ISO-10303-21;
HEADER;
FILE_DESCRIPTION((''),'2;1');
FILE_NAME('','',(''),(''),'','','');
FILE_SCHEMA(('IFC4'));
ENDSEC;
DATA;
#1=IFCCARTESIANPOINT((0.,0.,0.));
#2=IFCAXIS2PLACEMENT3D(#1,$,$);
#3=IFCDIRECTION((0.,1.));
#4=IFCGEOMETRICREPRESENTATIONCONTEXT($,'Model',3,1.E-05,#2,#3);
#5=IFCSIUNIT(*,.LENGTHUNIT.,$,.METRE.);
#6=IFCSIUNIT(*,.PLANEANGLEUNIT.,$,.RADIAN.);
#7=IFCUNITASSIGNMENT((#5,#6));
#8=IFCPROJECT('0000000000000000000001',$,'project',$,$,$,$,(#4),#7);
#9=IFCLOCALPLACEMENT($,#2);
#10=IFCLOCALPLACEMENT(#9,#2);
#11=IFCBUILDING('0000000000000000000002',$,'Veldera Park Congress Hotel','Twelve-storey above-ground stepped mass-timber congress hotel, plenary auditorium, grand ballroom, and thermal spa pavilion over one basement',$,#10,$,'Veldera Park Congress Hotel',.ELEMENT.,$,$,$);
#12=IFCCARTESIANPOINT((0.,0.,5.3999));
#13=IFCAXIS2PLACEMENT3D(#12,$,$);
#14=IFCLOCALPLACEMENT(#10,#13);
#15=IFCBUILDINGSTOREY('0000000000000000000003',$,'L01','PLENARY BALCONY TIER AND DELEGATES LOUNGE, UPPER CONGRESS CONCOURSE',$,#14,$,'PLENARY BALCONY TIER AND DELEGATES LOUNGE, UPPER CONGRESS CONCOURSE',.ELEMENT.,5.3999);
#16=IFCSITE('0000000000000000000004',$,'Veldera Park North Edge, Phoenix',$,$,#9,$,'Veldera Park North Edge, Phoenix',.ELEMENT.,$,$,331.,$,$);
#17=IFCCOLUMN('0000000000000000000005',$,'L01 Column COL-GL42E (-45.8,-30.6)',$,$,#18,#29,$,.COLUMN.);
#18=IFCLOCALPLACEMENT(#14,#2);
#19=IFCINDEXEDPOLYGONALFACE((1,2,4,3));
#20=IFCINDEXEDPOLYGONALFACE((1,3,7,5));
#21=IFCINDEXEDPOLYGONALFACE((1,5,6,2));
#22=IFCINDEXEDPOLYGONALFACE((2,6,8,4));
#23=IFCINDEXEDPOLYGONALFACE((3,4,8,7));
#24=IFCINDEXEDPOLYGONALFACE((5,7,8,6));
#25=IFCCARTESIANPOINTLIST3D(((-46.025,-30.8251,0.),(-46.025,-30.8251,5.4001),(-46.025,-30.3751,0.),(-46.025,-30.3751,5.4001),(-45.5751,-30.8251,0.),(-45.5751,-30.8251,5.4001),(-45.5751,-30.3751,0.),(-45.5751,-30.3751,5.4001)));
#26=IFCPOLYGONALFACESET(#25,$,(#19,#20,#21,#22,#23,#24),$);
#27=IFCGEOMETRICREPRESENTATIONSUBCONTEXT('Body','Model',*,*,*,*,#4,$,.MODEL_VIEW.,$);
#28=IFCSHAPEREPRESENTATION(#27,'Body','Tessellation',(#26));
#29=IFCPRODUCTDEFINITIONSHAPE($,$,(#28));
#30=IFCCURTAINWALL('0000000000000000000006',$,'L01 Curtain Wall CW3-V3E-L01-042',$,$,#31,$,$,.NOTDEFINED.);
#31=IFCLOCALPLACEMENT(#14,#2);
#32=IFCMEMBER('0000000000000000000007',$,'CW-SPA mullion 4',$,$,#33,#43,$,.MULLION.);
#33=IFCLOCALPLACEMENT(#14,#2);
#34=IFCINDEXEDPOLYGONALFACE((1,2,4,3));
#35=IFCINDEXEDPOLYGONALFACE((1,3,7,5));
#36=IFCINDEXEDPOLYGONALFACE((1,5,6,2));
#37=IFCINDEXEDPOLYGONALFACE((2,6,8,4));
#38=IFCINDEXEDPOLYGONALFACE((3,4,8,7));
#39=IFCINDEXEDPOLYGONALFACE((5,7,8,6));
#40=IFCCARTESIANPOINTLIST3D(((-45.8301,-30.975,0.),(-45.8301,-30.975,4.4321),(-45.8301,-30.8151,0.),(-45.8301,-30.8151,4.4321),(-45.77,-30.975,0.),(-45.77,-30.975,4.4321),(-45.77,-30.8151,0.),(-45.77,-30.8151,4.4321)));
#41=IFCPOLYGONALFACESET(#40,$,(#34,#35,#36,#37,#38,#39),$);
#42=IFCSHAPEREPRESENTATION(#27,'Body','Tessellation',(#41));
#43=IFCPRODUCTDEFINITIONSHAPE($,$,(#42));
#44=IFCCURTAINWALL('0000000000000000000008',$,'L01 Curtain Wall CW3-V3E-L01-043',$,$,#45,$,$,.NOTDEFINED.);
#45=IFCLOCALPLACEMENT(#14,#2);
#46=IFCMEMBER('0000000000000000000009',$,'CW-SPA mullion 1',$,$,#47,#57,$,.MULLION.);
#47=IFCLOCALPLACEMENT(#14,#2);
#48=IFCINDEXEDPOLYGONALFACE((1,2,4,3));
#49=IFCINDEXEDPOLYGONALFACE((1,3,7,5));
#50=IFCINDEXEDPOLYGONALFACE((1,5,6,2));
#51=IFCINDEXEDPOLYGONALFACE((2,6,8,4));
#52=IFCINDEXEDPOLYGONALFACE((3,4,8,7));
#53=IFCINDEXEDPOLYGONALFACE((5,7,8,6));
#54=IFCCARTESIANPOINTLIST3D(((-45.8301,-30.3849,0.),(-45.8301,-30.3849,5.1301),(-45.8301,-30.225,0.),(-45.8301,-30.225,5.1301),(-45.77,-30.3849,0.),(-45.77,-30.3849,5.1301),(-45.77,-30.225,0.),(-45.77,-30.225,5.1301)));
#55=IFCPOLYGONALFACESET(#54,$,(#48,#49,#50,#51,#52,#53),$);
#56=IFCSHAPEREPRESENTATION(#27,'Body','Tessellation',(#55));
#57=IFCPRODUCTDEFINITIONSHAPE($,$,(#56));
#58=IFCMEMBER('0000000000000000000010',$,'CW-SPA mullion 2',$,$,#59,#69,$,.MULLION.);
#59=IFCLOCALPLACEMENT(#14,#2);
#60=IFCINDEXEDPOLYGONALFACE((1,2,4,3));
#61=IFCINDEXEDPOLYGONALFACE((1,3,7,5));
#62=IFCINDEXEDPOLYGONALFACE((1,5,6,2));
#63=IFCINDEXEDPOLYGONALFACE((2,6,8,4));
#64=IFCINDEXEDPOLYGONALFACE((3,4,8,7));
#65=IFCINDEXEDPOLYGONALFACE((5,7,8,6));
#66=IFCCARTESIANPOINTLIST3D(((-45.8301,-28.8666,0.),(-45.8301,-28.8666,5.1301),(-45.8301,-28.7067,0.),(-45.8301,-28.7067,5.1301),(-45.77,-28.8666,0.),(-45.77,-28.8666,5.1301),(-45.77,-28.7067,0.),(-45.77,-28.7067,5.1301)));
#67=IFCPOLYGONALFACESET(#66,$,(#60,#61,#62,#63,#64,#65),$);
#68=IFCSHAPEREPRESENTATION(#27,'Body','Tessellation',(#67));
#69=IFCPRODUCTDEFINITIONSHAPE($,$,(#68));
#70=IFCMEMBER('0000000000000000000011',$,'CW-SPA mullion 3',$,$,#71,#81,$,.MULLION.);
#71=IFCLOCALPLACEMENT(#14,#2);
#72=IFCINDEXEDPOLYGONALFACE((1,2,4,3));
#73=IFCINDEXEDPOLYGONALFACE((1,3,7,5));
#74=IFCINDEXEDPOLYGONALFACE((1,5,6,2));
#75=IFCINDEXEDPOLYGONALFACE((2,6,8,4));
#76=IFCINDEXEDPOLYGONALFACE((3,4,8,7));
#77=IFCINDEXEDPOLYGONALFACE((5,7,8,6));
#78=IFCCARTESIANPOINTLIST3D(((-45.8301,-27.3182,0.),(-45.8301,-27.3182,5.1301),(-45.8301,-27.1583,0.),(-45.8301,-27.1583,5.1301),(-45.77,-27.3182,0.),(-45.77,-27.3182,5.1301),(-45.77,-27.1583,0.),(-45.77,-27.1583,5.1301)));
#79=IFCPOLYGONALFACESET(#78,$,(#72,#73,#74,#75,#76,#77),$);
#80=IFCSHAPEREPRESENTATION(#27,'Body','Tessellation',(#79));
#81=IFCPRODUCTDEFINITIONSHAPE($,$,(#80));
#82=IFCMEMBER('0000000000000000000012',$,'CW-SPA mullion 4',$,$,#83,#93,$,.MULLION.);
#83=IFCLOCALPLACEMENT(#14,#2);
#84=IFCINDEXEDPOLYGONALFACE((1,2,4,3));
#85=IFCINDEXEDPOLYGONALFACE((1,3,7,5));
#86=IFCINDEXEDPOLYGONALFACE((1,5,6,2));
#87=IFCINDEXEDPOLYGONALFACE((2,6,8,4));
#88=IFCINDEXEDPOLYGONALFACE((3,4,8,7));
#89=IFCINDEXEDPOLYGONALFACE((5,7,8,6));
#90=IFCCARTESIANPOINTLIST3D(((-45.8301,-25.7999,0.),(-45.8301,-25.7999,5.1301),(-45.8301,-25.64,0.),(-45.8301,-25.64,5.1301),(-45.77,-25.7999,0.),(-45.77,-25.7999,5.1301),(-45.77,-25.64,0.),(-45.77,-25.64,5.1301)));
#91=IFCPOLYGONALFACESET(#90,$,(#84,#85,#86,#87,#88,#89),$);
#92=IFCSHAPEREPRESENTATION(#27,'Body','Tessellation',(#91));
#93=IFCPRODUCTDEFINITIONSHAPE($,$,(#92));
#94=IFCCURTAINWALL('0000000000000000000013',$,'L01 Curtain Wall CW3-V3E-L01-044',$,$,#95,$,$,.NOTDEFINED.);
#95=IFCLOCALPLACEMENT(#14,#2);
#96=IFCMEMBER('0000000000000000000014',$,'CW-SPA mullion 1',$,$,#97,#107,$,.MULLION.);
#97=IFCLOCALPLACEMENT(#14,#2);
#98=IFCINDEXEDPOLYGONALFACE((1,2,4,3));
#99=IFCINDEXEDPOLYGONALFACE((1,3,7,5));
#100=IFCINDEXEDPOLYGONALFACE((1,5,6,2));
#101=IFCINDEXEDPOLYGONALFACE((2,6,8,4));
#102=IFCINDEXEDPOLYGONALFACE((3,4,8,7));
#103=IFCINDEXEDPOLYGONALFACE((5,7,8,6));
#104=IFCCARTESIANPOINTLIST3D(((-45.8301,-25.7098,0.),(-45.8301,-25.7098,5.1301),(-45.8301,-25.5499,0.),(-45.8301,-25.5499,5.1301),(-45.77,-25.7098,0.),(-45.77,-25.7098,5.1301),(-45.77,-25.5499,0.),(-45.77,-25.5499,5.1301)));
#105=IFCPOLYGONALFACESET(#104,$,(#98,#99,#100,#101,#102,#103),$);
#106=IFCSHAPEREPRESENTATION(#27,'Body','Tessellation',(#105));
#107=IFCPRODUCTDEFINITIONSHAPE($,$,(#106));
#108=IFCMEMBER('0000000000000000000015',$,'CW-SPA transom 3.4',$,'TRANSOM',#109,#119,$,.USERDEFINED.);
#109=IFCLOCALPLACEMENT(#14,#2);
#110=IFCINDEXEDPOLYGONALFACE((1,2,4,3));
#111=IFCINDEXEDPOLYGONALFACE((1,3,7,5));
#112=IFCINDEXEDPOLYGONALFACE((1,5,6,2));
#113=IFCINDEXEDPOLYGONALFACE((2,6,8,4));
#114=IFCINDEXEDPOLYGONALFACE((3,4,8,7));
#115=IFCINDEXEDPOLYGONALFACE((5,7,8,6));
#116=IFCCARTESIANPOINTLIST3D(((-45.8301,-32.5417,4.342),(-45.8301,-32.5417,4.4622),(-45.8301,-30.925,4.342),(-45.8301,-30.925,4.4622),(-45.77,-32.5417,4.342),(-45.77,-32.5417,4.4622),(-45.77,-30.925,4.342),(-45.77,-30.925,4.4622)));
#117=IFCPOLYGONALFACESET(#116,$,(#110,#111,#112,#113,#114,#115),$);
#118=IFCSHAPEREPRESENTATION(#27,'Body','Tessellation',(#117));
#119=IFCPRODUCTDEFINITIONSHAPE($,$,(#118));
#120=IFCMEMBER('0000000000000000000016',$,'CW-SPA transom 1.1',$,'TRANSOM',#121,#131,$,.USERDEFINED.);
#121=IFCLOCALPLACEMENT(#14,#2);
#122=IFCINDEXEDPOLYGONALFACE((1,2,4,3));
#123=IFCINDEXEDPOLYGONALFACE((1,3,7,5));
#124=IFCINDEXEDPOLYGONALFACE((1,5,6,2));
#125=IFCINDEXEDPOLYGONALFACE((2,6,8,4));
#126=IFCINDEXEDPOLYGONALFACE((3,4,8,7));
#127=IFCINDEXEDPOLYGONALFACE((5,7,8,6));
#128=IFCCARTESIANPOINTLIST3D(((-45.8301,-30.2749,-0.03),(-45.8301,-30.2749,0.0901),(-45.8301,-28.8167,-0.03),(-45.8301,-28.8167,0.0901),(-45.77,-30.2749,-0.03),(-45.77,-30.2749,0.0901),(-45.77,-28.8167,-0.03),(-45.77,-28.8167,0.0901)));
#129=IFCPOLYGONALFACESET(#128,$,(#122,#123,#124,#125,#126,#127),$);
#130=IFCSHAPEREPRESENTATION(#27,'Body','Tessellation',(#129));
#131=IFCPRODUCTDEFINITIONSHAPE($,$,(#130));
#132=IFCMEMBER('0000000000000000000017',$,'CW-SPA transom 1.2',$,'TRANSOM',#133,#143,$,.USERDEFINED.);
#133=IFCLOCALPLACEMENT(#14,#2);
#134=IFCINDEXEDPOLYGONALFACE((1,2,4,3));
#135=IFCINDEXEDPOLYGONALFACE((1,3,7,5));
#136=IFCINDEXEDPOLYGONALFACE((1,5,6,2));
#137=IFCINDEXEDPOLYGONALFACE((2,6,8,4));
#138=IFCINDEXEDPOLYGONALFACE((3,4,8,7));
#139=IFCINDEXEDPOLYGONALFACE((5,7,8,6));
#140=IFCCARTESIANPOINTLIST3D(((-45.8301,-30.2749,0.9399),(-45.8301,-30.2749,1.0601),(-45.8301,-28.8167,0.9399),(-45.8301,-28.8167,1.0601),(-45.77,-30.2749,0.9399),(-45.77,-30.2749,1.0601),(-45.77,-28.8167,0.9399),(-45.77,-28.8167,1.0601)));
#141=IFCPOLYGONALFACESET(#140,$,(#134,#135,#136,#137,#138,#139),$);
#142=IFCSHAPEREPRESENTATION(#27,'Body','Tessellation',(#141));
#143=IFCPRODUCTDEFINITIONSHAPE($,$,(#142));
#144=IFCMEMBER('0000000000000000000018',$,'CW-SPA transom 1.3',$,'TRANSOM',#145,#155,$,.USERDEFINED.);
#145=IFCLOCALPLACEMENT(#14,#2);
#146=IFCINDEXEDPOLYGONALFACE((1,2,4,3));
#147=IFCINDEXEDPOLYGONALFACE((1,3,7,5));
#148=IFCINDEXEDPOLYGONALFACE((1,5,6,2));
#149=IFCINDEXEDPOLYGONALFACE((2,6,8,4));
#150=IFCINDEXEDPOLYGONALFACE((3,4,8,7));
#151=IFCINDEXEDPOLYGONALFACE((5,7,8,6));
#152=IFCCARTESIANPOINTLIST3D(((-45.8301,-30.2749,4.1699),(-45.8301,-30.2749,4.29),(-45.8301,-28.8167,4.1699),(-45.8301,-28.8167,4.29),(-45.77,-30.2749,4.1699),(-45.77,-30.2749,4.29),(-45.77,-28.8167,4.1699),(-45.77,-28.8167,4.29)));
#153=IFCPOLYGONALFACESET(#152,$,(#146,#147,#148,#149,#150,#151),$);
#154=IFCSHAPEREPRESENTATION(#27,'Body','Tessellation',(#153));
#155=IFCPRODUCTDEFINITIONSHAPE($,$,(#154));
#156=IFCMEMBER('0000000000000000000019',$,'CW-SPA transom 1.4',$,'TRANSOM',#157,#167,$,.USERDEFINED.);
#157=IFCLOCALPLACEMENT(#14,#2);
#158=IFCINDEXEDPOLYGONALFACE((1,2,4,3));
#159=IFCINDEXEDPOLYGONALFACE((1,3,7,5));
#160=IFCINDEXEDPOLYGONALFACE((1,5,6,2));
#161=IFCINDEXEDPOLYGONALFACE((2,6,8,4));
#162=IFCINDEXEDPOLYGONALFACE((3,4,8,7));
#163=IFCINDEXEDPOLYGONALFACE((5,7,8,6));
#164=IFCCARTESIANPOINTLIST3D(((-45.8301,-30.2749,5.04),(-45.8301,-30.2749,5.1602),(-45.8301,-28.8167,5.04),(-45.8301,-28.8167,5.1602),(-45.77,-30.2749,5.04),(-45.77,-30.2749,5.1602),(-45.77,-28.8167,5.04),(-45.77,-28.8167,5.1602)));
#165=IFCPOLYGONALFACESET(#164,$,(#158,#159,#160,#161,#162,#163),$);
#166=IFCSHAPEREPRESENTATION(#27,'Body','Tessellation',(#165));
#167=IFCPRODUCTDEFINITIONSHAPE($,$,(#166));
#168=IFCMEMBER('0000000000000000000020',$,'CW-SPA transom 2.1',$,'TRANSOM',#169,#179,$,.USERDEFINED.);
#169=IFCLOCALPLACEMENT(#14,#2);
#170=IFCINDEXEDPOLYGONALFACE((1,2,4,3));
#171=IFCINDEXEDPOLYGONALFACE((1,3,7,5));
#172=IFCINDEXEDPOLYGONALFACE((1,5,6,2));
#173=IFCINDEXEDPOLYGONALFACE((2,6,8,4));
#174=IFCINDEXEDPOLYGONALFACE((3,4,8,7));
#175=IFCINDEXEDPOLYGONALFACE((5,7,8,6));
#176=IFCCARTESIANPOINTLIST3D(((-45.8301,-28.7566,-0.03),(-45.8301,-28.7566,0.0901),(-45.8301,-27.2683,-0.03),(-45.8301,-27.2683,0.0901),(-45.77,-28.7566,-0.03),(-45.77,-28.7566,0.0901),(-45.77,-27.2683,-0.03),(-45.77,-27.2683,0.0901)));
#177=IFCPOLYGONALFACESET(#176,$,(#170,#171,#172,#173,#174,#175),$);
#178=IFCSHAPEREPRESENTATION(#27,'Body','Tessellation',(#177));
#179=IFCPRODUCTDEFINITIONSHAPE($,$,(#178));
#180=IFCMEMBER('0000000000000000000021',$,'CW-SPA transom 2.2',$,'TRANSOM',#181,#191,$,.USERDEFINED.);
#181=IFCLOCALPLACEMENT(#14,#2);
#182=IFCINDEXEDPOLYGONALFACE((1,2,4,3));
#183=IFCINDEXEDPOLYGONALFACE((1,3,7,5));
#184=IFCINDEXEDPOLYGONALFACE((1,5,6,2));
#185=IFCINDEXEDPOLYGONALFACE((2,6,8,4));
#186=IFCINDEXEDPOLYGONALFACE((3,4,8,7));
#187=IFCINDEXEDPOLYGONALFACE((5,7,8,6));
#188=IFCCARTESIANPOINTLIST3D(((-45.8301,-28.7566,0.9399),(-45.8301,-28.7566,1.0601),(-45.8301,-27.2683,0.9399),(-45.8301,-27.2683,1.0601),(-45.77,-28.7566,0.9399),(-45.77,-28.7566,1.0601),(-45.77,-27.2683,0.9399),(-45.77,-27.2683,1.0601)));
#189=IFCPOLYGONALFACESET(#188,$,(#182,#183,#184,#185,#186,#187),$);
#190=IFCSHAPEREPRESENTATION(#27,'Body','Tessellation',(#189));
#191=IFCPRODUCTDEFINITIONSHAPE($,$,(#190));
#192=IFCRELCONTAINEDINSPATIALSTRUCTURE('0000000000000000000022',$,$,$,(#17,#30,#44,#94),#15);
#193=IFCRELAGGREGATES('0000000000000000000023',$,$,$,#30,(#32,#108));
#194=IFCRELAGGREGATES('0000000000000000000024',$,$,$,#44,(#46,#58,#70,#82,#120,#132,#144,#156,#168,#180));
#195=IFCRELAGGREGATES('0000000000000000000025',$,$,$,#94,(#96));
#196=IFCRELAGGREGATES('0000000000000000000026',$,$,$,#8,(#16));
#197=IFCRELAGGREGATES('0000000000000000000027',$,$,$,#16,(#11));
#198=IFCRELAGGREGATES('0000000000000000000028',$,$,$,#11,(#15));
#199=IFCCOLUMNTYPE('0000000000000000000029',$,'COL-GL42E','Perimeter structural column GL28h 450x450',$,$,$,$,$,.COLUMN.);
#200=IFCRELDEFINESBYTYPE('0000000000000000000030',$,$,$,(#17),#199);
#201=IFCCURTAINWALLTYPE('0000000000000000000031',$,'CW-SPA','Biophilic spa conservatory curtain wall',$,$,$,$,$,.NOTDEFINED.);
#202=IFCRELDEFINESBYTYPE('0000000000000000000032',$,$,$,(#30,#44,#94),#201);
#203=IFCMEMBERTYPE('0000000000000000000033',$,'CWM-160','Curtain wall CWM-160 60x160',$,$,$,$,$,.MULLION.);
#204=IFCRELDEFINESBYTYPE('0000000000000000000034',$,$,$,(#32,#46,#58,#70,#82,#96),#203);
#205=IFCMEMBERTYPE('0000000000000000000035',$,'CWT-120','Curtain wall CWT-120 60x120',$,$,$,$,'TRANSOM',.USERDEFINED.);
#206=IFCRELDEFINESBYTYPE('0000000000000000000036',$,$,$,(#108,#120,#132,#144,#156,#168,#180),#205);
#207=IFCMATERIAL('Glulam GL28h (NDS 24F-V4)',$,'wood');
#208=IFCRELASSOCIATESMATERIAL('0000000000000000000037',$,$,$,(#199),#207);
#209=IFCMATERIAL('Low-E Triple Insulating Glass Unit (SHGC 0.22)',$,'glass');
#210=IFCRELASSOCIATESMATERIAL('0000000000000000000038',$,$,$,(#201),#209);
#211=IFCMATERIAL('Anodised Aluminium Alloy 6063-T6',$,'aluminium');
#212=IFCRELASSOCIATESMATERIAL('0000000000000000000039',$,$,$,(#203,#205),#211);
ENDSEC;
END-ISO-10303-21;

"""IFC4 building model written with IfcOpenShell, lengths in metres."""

from ifc_helpers import new_model, si_unit, direction, frame, origin, origin_2d, place, context, subcontext, project, spatial, rectangle, extrude, material, material_profile, profile_set, type_object, element, aggregate, save


model = new_model("IFC4")

# Units and contexts
model_context = context("Model", 3, precision=1e-05, world=origin(), true_north=direction((0.0, 1.0)))
body_context = subcontext(model_context, "Body", "Model", "MODEL_VIEW")
ifc_project = project(units=[si_unit("LENGTHUNIT", "METRE"), si_unit("PLANEANGLEUNIT", "RADIAN")], contexts=[model_context])

# Site, building, storey
site_placement = place(None, origin())
site = spatial("IfcSite", under=ifc_project, at=site_placement, Name="Veldera Park North Edge, Phoenix", LongName="Veldera Park North Edge, Phoenix", CompositionType="ELEMENT", RefElevation=331.0)
building_placement = place(site_placement, origin())
building = spatial("IfcBuilding", under=site, at=building_placement, Name="Veldera Park Congress Hotel", Description="Twelve-storey above-ground stepped mass-timber congress hotel, plenary auditorium, grand ballroom, and thermal spa pavilion over one basement", LongName="Veldera Park Congress Hotel", CompositionType="ELEMENT")
storey_placement = place(building_placement, frame((0.0, 0.0, 5.3999)))
storey = spatial("IfcBuildingStorey", under=building, at=storey_placement, Name="L01", Description="PLENARY BALCONY TIER AND DELEGATES LOUNGE, UPPER CONGRESS CONCOURSE", LongName="PLENARY BALCONY TIER AND DELEGATES LOUNGE, UPPER CONGRESS CONCOURSE", CompositionType="ELEMENT", Elevation=5.3999)

# Column
ifc_material_1 = material(Name="Glulam GL28h (NDS 24F-V4)", Category="wood")
ifc_material_profile_1 = material_profile(ifc_material_1, rectangle(XDim=0.45, YDim=0.45, at=origin_2d()), Name="GL28h 450x450")
ifc_profile_set_1 = profile_set([ifc_material_profile_1], Name="Glulam GL28h (NDS 24F-V4)")
column_type = type_object("IfcColumnType", Name="COL-GL42E", Description="Perimeter structural column GL28h 450x450", PredefinedType="COLUMN", material=ifc_profile_set_1)
column_placement = place(storey_placement, frame((-45.8, -30.6001, 0.0), z_axis=(0.0, 0.0, 1.0), x_axis=(1.0, 0.0, 0.0)))
element("IfcColumn", 1, at=column_placement, inside=storey, type_object=column_type, Name="L01 Column COL-GL42E (-45.8,-30.6)", PredefinedType="COLUMN", context=body_context, shape_type="SweptSolid", body=[
    extrude(rectangle(XDim=0.45, YDim=0.45, at=origin_2d()), origin(), (0.0, 0.0, 1.0), 5.4001),
])

# Curtain wall, member
ifc_material_2 = material(Name="Low-E Triple Insulating Glass Unit (SHGC 0.22)", Category="glass")
curtain_wall_type = type_object("IfcCurtainWallType", Name="CW-SPA", Description="Biophilic spa conservatory curtain wall", PredefinedType="NOTDEFINED", material=ifc_material_2)
curtain_wall_1_placement = place(storey_placement, origin())
curtain_wall_1 = element("IfcCurtainWall", 2, at=curtain_wall_1_placement, inside=storey, type_object=curtain_wall_type, Name="L01 Curtain Wall CW3-V3E-L01-042", PredefinedType="NOTDEFINED")
ifc_material_3 = material(Name="Anodised Aluminium Alloy 6063-T6", Category="aluminium")
ifc_material_profile_2 = material_profile(ifc_material_3, rectangle(XDim=0.0601, YDim=0.1599, at=origin_2d()), Name="ALU 60x160")
ifc_profile_set_2 = profile_set([ifc_material_profile_2], Name="Anodised Aluminium Alloy 6063-T6")
member_type_1 = type_object("IfcMemberType", Name="CWM-160", Description="Curtain wall CWM-160 60x160", PredefinedType="MULLION", material=ifc_profile_set_2)
member_1_placement = place(storey_placement, frame((-45.8, -30.895, 0.0), z_axis=(0.0, 0.0, 1.0), x_axis=(-1.0, 0.0, 0.0)))
member_1 = element("IfcMember", 3, at=member_1_placement, type_object=member_type_1, Name="CW-SPA mullion 4", PredefinedType="MULLION", context=body_context, shape_type="SweptSolid", body=[
    extrude(rectangle(XDim=0.0601, YDim=0.1599, at=origin_2d()), origin(), (0.0, 0.0, 1.0), 4.4321),
])

# Curtain wall, members
curtain_wall_2_placement = place(storey_placement, origin())
curtain_wall_2 = element("IfcCurtainWall", 4, at=curtain_wall_2_placement, inside=storey, type_object=curtain_wall_type, Name="L01 Curtain Wall CW3-V3E-L01-043", PredefinedType="NOTDEFINED")
member_2_placement = place(storey_placement, frame((-45.8, -30.3049, 0.0), z_axis=(0.0, 0.0, 1.0), x_axis=(-1.0, 0.0, 0.0)))
member_2 = element("IfcMember", 5, at=member_2_placement, type_object=member_type_1, Name="CW-SPA mullion 1", PredefinedType="MULLION", context=body_context, shape_type="SweptSolid", body=[
    extrude(rectangle(XDim=0.0601, YDim=0.1599, at=origin_2d()), origin(), (0.0, 0.0, 1.0), 5.1301),
])
member_3_placement = place(storey_placement, frame((-45.8, -28.7866, 0.0), z_axis=(0.0, 0.0, 1.0), x_axis=(-1.0, 0.0, 0.0)))
member_3 = element("IfcMember", 6, at=member_3_placement, type_object=member_type_1, Name="CW-SPA mullion 2", PredefinedType="MULLION", context=body_context, shape_type="SweptSolid", body=[
    extrude(rectangle(XDim=0.0601, YDim=0.1599, at=origin_2d()), origin(), (0.0, 0.0, 1.0), 5.1301),
])
member_4_placement = place(storey_placement, frame((-45.8, -27.2383, 0.0), z_axis=(0.0, 0.0, 1.0), x_axis=(-1.0, 0.0, 0.0)))
member_4 = element("IfcMember", 7, at=member_4_placement, type_object=member_type_1, Name="CW-SPA mullion 3", PredefinedType="MULLION", context=body_context, shape_type="SweptSolid", body=[
    extrude(rectangle(XDim=0.0601, YDim=0.1599, at=origin_2d()), origin(), (0.0, 0.0, 1.0), 5.1301),
])
member_5_placement = place(storey_placement, frame((-45.8, -25.72, 0.0), z_axis=(0.0, 0.0, 1.0), x_axis=(-1.0, 0.0, 0.0)))
member_5 = element("IfcMember", 8, at=member_5_placement, type_object=member_type_1, Name="CW-SPA mullion 4", PredefinedType="MULLION", context=body_context, shape_type="SweptSolid", body=[
    extrude(rectangle(XDim=0.0601, YDim=0.1599, at=origin_2d()), origin(), (0.0, 0.0, 1.0), 5.1301),
])

# Curtain wall, member
curtain_wall_3_placement = place(storey_placement, origin())
curtain_wall_3 = element("IfcCurtainWall", 9, at=curtain_wall_3_placement, inside=storey, type_object=curtain_wall_type, Name="L01 Curtain Wall CW3-V3E-L01-044", PredefinedType="NOTDEFINED")
member_6_placement = place(storey_placement, frame((-45.8, -25.6299, 0.0), z_axis=(0.0, 0.0, 1.0), x_axis=(-1.0, 0.0, 0.0)))
member_6 = element("IfcMember", 10, at=member_6_placement, type_object=member_type_1, Name="CW-SPA mullion 1", PredefinedType="MULLION", context=body_context, shape_type="SweptSolid", body=[
    extrude(rectangle(XDim=0.0601, YDim=0.1599, at=origin_2d()), origin(), (0.0, 0.0, 1.0), 5.1301),
])

# Members
ifc_material_profile_3 = material_profile(ifc_material_3, rectangle(XDim=0.0601, YDim=0.1201, at=origin_2d()), Name="ALU 60x120")
ifc_profile_set_3 = profile_set([ifc_material_profile_3], Name="Anodised Aluminium Alloy 6063-T6")
member_type_2 = type_object("IfcMemberType", Name="CWT-120", Description="Curtain wall CWT-120 60x120", ElementType="TRANSOM", PredefinedType="USERDEFINED", material=ifc_profile_set_3)
member_7_placement = place(storey_placement, frame((-45.8, -32.5417, 4.4021), z_axis=(0.0, 1.0, 0.0), x_axis=(-1.0, 0.0, 0.0)))
member_7 = element("IfcMember", 11, at=member_7_placement, type_object=member_type_2, Name="CW-SPA transom 3.4", ObjectType="TRANSOM", PredefinedType="USERDEFINED", context=body_context, shape_type="SweptSolid", body=[
    extrude(rectangle(XDim=0.0601, YDim=0.1201, at=origin_2d()), origin(), (0.0, 0.0, 1.0), 1.6167),
])
member_8_placement = place(storey_placement, frame((-45.8, -30.2749, 0.03), z_axis=(0.0, 1.0, 0.0), x_axis=(-1.0, 0.0, 0.0)))
member_8 = element("IfcMember", 12, at=member_8_placement, type_object=member_type_2, Name="CW-SPA transom 1.1", ObjectType="TRANSOM", PredefinedType="USERDEFINED", context=body_context, shape_type="SweptSolid", body=[
    extrude(rectangle(XDim=0.0601, YDim=0.1201, at=origin_2d()), origin(), (0.0, 0.0, 1.0), 1.4583),
])
member_9_placement = place(storey_placement, frame((-45.8, -30.2749, 1.0), z_axis=(0.0, 1.0, 0.0), x_axis=(-1.0, 0.0, 0.0)))
member_9 = element("IfcMember", 13, at=member_9_placement, type_object=member_type_2, Name="CW-SPA transom 1.2", ObjectType="TRANSOM", PredefinedType="USERDEFINED", context=body_context, shape_type="SweptSolid", body=[
    extrude(rectangle(XDim=0.0601, YDim=0.1201, at=origin_2d()), origin(), (0.0, 0.0, 1.0), 1.4583),
])
member_10_placement = place(storey_placement, frame((-45.8, -30.2749, 4.23), z_axis=(0.0, 1.0, 0.0), x_axis=(-1.0, 0.0, 0.0)))
member_10 = element("IfcMember", 14, at=member_10_placement, type_object=member_type_2, Name="CW-SPA transom 1.3", ObjectType="TRANSOM", PredefinedType="USERDEFINED", context=body_context, shape_type="SweptSolid", body=[
    extrude(rectangle(XDim=0.0601, YDim=0.1201, at=origin_2d()), origin(), (0.0, 0.0, 1.0), 1.4583),
])
member_11_placement = place(storey_placement, frame((-45.8, -30.2749, 5.1001), z_axis=(0.0, 1.0, 0.0), x_axis=(-1.0, 0.0, 0.0)))
member_11 = element("IfcMember", 15, at=member_11_placement, type_object=member_type_2, Name="CW-SPA transom 1.4", ObjectType="TRANSOM", PredefinedType="USERDEFINED", context=body_context, shape_type="SweptSolid", body=[
    extrude(rectangle(XDim=0.0601, YDim=0.1201, at=origin_2d()), origin(), (0.0, 0.0, 1.0), 1.4583),
])
member_12_placement = place(storey_placement, frame((-45.8, -28.7566, 0.03), z_axis=(0.0, 1.0, 0.0), x_axis=(-1.0, 0.0, 0.0)))
member_12 = element("IfcMember", 16, at=member_12_placement, type_object=member_type_2, Name="CW-SPA transom 2.1", ObjectType="TRANSOM", PredefinedType="USERDEFINED", context=body_context, shape_type="SweptSolid", body=[
    extrude(rectangle(XDim=0.0601, YDim=0.1201, at=origin_2d()), origin(), (0.0, 0.0, 1.0), 1.4883),
])
member_13_placement = place(storey_placement, frame((-45.8, -28.7566, 1.0), z_axis=(0.0, 1.0, 0.0), x_axis=(-1.0, 0.0, 0.0)))
member_13 = element("IfcMember", 17, at=member_13_placement, type_object=member_type_2, Name="CW-SPA transom 2.2", ObjectType="TRANSOM", PredefinedType="USERDEFINED", context=body_context, shape_type="SweptSolid", body=[
    extrude(rectangle(XDim=0.0601, YDim=0.1201, at=origin_2d()), origin(), (0.0, 0.0, 1.0), 1.4883),
])

aggregate(curtain_wall_1, [member_1, member_7])
aggregate(curtain_wall_2, [member_2, member_3, member_4, member_5, member_8, member_9, member_10, member_11, member_12, member_13])
aggregate(curtain_wall_3, [member_6])

save(model, "model.ifc")
